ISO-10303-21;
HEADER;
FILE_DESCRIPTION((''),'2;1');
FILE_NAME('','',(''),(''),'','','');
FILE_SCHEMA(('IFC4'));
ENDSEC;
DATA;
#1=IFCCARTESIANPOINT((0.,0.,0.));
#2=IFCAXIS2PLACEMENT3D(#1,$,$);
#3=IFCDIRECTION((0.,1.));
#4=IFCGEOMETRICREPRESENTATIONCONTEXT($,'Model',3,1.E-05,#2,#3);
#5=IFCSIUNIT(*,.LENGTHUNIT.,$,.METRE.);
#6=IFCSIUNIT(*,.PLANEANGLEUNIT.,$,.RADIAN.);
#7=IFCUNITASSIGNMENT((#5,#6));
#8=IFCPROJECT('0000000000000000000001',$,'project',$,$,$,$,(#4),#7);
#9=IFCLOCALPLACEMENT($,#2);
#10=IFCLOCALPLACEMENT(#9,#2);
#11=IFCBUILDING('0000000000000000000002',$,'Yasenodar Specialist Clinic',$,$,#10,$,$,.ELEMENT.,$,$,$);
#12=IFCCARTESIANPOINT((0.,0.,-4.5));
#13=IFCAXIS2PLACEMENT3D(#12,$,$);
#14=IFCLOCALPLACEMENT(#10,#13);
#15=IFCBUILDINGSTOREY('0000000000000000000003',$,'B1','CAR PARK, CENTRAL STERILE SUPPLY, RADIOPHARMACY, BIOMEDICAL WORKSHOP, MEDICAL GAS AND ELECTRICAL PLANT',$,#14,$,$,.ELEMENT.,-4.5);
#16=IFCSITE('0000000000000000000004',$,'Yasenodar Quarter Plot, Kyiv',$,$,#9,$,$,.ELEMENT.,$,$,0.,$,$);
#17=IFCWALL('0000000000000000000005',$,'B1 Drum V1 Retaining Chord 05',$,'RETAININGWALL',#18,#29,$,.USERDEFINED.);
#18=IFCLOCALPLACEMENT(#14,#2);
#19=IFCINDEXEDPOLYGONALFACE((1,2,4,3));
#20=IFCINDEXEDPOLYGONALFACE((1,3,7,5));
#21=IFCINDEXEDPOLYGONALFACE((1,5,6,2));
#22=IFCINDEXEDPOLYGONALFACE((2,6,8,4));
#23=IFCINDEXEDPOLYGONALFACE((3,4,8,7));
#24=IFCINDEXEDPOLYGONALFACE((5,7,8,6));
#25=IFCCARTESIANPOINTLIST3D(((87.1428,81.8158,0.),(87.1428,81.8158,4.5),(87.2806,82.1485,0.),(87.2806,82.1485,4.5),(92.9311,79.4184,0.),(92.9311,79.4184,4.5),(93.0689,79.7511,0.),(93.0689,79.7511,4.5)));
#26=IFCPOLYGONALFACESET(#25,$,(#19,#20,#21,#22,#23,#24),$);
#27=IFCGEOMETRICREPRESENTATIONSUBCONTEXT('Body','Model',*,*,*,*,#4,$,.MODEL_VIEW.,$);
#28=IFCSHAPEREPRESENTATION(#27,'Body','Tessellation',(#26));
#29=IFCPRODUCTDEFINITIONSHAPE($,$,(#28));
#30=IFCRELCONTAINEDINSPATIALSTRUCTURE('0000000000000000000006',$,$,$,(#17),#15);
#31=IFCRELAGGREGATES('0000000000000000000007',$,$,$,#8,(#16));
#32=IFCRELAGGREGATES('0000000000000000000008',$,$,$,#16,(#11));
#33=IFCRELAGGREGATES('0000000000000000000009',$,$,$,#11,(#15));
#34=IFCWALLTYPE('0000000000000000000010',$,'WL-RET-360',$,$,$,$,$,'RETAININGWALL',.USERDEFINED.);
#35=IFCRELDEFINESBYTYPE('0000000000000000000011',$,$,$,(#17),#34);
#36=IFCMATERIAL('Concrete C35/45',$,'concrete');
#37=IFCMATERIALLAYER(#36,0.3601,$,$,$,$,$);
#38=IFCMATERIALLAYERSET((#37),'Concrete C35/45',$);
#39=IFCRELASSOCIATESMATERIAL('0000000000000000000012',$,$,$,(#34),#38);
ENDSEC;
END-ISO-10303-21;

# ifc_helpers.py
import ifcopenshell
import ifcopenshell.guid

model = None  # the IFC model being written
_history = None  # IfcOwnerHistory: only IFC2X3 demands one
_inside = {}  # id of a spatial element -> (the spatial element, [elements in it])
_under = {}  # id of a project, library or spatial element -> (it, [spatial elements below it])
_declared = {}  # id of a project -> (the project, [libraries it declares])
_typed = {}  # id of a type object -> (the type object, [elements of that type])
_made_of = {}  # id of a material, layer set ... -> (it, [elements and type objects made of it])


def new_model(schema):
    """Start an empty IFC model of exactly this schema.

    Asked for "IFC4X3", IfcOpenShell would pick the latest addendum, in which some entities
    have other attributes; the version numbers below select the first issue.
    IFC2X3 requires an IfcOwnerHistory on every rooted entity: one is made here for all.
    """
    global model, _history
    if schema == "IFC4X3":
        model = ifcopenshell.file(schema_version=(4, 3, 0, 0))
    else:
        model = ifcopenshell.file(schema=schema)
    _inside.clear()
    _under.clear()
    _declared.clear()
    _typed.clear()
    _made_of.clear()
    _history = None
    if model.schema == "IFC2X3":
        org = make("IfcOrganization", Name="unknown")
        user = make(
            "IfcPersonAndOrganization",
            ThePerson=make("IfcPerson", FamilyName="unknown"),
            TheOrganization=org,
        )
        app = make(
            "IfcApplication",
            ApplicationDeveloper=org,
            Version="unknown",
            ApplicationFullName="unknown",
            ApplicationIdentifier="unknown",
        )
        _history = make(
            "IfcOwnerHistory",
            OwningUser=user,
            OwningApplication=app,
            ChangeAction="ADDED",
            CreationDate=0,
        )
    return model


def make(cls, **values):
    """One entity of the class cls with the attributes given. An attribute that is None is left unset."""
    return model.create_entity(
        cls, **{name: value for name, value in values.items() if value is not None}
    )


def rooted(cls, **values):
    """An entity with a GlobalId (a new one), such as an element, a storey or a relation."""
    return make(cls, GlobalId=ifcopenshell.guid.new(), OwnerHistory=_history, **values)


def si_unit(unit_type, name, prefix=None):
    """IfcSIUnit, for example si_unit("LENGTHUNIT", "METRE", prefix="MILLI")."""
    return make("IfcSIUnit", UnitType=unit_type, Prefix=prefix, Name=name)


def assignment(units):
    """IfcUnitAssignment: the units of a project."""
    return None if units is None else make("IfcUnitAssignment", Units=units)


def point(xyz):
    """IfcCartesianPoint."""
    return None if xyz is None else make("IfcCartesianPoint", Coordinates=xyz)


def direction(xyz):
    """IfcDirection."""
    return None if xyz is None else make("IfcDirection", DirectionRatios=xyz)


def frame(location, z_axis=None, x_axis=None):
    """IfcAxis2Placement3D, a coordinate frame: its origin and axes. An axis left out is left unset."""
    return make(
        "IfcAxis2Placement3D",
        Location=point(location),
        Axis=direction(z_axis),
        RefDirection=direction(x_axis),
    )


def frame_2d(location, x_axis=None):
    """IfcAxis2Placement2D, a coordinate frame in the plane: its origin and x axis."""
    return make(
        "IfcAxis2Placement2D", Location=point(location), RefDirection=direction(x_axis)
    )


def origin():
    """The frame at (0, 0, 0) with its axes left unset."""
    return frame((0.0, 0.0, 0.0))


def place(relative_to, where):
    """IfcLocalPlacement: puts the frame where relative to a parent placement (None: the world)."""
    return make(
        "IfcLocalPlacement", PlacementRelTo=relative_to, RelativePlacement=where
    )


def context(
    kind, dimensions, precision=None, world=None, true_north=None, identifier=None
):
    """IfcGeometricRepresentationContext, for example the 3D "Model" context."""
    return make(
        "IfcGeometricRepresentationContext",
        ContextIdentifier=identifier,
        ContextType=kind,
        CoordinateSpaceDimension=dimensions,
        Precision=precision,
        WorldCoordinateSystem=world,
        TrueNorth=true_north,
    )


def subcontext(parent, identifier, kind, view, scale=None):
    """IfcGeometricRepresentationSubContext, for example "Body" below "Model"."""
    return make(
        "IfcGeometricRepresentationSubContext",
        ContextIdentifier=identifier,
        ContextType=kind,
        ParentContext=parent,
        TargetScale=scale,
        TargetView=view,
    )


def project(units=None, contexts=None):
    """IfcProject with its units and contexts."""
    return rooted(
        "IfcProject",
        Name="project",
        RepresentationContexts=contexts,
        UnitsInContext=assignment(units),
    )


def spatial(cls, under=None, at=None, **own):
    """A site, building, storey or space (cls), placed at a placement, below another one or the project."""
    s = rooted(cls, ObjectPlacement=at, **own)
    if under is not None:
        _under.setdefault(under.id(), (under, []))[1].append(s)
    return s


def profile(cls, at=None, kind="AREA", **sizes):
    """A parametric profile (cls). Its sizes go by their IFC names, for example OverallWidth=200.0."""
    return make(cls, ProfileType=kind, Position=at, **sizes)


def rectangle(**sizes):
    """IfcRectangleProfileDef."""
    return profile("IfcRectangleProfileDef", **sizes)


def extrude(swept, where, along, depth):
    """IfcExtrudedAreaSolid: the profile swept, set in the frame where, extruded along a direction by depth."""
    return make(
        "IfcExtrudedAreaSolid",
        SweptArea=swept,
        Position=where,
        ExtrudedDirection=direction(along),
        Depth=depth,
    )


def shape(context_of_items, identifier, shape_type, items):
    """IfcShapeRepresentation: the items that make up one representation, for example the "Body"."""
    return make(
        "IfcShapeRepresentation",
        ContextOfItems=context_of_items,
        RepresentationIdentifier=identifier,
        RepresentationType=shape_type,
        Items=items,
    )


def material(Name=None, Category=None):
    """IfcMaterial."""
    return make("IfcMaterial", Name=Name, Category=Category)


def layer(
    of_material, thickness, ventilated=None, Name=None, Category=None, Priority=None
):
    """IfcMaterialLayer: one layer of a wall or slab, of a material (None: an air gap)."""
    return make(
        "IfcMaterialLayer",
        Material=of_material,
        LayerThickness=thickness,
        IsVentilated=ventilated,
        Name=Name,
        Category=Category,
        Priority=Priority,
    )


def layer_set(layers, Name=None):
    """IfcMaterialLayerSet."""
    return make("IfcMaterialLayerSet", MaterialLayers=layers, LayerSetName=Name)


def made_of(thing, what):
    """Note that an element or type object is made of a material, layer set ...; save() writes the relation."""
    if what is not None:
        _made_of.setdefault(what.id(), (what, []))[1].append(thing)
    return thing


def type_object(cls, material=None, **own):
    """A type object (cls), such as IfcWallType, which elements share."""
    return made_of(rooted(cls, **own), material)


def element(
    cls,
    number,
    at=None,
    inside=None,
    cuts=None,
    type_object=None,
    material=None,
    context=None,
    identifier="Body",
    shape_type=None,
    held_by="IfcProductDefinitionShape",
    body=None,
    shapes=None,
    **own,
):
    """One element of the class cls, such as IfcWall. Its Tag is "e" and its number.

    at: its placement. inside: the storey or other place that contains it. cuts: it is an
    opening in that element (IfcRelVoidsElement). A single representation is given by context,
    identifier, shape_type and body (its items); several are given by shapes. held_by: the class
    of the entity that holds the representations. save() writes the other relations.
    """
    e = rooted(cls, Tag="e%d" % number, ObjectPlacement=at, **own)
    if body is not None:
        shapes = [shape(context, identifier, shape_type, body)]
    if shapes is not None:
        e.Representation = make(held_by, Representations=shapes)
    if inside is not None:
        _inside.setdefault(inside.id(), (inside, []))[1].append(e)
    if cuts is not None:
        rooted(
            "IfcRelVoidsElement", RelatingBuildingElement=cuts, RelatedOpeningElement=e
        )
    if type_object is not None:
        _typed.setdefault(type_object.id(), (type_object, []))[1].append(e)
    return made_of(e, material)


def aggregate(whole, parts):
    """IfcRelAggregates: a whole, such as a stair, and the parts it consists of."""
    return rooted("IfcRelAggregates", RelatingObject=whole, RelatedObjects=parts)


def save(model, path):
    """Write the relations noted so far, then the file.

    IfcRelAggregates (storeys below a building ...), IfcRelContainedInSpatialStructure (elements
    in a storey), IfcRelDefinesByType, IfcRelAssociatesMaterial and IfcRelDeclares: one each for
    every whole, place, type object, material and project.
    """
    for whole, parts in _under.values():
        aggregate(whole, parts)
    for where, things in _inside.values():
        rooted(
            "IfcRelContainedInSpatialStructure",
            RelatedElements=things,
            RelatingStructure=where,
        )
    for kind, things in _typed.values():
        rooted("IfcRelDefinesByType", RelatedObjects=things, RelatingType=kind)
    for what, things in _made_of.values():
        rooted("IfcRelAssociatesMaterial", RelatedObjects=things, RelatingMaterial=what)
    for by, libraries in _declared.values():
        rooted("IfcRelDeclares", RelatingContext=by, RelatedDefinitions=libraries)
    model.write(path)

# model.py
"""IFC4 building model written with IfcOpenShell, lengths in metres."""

from ifc_helpers import new_model, si_unit, direction, frame, frame_2d, origin, place, context, subcontext, project, spatial, rectangle, extrude, material, layer, layer_set, type_object, element, save


model = new_model("IFC4")

# Units and contexts
model_context = context("Model", 3, precision=1e-05, world=origin(), true_north=direction((0.0, 1.0)))
body_context = subcontext(model_context, "Body", "Model", "MODEL_VIEW")
ifc_project = project(units=[si_unit("LENGTHUNIT", "METRE"), si_unit("PLANEANGLEUNIT", "RADIAN")], contexts=[model_context])

# Site, building, storey
site_placement = place(None, origin())
site = spatial("IfcSite", under=ifc_project, at=site_placement, Name="Yasenodar Quarter Plot, Kyiv", CompositionType="ELEMENT", RefElevation=0.0)
building_placement = place(site_placement, origin())
building = spatial("IfcBuilding", under=site, at=building_placement, Name="Yasenodar Specialist Clinic", CompositionType="ELEMENT")
storey_placement = place(building_placement, frame((0.0, 0.0, -4.5)))
storey = spatial("IfcBuildingStorey", under=building, at=storey_placement, Name="B1", Description="CAR PARK, CENTRAL STERILE SUPPLY, RADIOPHARMACY, BIOMEDICAL WORKSHOP, MEDICAL GAS AND ELECTRICAL PLANT", CompositionType="ELEMENT", Elevation=-4.5)

# Shared definitions
ifc_material_1 = material(Name="Concrete C35/45", Category="concrete")

# Wall
ifc_layer_1 = layer(ifc_material_1, 0.3601)
ifc_layer_set_1 = layer_set([ifc_layer_1], Name="Concrete C35/45")
wall_type_1 = type_object("IfcWallType", Name="WL-RET-360", ElementType="RETAININGWALL", PredefinedType="USERDEFINED", material=ifc_layer_set_1)
wall_1_placement = place(storey_placement, frame((93.0, 79.5847, 0.0), z_axis=(0.0, 0.0, 1.0), x_axis=(-0.923888, 0.382664, 0.0)))
element("IfcWall", 1, at=wall_1_placement, inside=storey, type_object=wall_type_1, Name="B1 Drum V1 Retaining Chord 05", ObjectType="RETAININGWALL", PredefinedType="USERDEFINED", context=body_context, shape_type="SweptSolid", body=[
    extrude(rectangle(XDim=6.2651, YDim=0.3601, at=frame_2d((3.1326, 0.0))), origin(), (0.0, 0.0, 1.0), 4.5),
])

save(model, "model.ifc")
